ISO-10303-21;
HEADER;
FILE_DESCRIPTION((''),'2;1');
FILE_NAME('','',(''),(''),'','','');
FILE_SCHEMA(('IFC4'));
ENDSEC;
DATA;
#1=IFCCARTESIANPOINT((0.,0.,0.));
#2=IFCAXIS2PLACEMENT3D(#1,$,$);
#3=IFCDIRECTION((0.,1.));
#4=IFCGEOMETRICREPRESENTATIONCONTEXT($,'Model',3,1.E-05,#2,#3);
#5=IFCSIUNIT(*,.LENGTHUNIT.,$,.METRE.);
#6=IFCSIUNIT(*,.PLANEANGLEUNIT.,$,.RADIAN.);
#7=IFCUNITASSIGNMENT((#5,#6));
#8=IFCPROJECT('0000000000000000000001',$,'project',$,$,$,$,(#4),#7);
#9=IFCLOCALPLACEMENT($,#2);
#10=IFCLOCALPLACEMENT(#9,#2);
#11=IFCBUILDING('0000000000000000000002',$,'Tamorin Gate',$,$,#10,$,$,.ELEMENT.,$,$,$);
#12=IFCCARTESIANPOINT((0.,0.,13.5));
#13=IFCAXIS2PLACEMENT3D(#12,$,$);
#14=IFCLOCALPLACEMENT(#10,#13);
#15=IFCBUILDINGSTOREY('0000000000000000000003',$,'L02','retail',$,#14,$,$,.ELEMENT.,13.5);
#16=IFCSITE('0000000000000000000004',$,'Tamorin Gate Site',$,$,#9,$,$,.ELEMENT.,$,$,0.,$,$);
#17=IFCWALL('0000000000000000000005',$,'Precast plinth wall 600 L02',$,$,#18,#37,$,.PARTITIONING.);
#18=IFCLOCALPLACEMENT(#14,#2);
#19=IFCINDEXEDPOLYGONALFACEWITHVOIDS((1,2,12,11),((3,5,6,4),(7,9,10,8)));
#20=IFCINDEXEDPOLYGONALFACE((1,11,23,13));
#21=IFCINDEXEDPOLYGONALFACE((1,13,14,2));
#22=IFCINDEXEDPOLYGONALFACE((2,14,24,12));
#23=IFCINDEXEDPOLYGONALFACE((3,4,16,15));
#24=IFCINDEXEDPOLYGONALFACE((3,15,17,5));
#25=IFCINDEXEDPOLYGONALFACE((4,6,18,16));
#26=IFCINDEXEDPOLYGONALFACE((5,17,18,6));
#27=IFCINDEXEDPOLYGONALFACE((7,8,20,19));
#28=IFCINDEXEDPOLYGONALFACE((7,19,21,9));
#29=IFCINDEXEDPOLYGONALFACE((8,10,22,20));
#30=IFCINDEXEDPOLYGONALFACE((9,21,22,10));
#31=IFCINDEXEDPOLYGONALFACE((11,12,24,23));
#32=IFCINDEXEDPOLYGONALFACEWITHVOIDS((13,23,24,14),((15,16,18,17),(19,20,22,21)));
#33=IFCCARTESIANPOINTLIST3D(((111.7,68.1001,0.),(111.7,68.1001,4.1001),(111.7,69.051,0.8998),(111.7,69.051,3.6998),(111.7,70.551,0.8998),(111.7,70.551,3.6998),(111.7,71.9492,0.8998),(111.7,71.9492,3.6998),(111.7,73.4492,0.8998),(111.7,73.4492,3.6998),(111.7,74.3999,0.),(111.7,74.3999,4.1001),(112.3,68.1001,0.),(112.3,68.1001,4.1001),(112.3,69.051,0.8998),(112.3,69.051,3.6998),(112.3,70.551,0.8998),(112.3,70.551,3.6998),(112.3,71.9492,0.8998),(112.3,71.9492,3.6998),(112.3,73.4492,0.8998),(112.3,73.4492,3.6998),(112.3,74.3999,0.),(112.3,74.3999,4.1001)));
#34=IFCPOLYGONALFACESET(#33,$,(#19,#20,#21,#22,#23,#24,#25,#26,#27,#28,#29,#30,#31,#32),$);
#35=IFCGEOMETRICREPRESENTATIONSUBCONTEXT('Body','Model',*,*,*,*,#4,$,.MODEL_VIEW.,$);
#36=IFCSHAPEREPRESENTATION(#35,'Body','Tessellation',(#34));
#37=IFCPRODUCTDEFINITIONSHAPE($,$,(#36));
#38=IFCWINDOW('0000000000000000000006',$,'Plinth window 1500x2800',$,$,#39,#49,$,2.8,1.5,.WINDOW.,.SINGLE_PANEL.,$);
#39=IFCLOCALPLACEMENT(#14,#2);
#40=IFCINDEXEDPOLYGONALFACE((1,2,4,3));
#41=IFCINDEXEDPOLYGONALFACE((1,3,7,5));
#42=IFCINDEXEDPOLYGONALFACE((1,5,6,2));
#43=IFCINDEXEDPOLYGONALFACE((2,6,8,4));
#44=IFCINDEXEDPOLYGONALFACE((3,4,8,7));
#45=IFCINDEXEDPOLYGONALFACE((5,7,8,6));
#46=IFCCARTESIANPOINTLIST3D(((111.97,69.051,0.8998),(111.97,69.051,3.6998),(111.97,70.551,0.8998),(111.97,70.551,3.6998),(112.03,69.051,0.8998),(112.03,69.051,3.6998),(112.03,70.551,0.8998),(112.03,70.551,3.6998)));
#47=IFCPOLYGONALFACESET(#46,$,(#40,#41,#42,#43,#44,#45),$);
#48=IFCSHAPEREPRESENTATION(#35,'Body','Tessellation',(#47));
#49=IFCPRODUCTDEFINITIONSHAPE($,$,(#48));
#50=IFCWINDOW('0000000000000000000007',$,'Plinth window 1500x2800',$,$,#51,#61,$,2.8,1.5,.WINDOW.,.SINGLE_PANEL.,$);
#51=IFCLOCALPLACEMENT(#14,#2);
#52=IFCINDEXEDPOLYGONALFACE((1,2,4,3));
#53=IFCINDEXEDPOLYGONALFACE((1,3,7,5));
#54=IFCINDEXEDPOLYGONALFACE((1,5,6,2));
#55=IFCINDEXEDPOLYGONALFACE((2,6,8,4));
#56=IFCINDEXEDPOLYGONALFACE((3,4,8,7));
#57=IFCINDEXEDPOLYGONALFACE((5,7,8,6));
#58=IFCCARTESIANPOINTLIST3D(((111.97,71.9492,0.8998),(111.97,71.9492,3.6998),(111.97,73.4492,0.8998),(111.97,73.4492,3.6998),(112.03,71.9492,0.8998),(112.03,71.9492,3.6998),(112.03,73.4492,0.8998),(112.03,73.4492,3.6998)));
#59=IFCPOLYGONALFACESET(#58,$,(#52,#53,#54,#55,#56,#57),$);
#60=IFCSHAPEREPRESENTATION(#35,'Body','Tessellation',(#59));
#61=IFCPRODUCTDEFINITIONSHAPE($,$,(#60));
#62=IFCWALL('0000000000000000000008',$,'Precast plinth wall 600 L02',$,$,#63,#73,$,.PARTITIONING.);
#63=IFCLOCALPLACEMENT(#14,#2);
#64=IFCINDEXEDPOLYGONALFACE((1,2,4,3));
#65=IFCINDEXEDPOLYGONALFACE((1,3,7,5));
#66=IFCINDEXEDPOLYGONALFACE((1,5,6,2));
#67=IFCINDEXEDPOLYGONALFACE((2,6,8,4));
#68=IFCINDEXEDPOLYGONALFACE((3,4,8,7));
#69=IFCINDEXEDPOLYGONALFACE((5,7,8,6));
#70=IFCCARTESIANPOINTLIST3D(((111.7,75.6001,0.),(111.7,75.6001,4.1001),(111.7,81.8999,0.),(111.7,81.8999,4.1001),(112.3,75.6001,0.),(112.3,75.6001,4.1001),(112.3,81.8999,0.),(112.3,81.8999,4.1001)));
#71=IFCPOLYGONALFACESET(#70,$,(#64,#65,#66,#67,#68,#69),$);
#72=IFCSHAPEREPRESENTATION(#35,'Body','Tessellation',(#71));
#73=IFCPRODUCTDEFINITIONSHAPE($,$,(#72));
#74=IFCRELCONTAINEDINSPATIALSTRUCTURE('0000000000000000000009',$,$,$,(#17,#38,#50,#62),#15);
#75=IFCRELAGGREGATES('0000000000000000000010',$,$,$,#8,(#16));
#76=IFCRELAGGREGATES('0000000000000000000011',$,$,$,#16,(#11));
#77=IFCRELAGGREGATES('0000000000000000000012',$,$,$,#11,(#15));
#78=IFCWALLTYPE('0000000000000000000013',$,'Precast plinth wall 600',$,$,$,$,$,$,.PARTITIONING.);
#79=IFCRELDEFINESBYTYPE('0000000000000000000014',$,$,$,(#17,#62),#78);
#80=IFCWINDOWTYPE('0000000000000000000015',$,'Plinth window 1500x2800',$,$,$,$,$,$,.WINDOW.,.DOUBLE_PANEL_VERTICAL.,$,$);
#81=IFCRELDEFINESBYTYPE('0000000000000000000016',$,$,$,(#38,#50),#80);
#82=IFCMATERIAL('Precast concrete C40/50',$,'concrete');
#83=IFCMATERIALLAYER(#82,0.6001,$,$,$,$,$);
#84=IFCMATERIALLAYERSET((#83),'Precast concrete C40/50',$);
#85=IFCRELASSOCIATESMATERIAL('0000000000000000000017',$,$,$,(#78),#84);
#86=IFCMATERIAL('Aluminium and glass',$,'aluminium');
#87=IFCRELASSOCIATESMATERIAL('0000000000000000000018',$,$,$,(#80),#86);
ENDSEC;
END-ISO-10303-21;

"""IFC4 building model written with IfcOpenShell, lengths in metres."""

from ifc_helpers import new_model, si_unit, direction, frame, frame_2d, origin, place, context, subcontext, project, spatial, rectangle, extrude, material, layer, layer_set, type_object, element, fill, save


model = new_model("IFC4")

# Units and contexts
model_context = context("Model", 3, precision=1e-05, world=origin(), true_north=direction((0.0, 1.0)))
body_context = subcontext(model_context, "Body", "Model", "MODEL_VIEW")
ifc_project = project(units=[si_unit("LENGTHUNIT", "METRE"), si_unit("PLANEANGLEUNIT", "RADIAN")], contexts=[model_context])

# Site, building, storey
site_placement = place(None, origin())
site = spatial("IfcSite", under=ifc_project, at=site_placement, Name="Tamorin Gate Site", CompositionType="ELEMENT", RefElevation=0.0)
building_placement = place(site_placement, origin())
building = spatial("IfcBuilding", under=site, at=building_placement, Name="Tamorin Gate", CompositionType="ELEMENT")
storey_placement = place(building_placement, frame((0.0, 0.0, 13.5)))
storey = spatial("IfcBuildingStorey", under=building, at=storey_placement, Name="L02", Description="retail", CompositionType="ELEMENT", Elevation=13.5)

# Wall, openings, windows
ifc_material_1 = material(Name="Precast concrete C40/50", Category="concrete")
ifc_layer_1 = layer(ifc_material_1, 0.6001)
ifc_layer_set_1 = layer_set([ifc_layer_1], Name="Precast concrete C40/50")
wall_type_1 = type_object("IfcWallType", Name="Precast plinth wall 600", PredefinedType="PARTITIONING", material=ifc_layer_set_1)
ifc_material_2 = material(Name="Aluminium and glass", Category="aluminium")
window_type = type_object("IfcWindowType", Name="Plinth window 1500x2800", PartitioningType="DOUBLE_PANEL_VERTICAL", PredefinedType="WINDOW", material=ifc_material_2)
wall_1_placement = place(storey_placement, frame((112.0, 68.1001, 0.0), z_axis=(0.0, 0.0, 1.0), x_axis=(0.0, 1.0, 0.0)))
wall_1 = element("IfcWall", 1, at=wall_1_placement, inside=storey, type_object=wall_type_1, Name="Precast plinth wall 600 L02", PredefinedType="PARTITIONING", context=body_context, shape_type="SweptSolid", body=[
    extrude(rectangle(XDim=6.2998, YDim=0.6001, at=frame_2d((3.1499, 0.0))), origin(), (0.0, 0.0, 1.0), 4.1001),
])
opening_1_placement = place(wall_1_placement, frame((0.9509, 0.0, 0.8999)))
opening_1 = element("IfcOpeningElement", 2, at=opening_1_placement, cuts=wall_1, PredefinedType="OPENING", context=body_context, shape_type="SweptSolid", body=[
    extrude(rectangle(XDim=1.5, YDim=2.8, at=frame_2d((0.75, 1.3999))), frame((0.0, 0.3101, 0.0), z_axis=(0.0, -1.0, 0.0), x_axis=(1.0, 0.0, 0.0)), (0.0, 0.0, 1.0), 0.6201),
])
opening_2_placement = place(wall_1_placement, frame((3.8491, 0.0, 0.8999)))
opening_2 = element("IfcOpeningElement", 3, at=opening_2_placement, cuts=wall_1, PredefinedType="OPENING", context=body_context, shape_type="SweptSolid", body=[
    extrude(rectangle(XDim=1.5, YDim=2.8, at=frame_2d((0.75, 1.3999))), frame((0.0, 0.3101, 0.0), z_axis=(0.0, -1.0, 0.0), x_axis=(1.0, 0.0, 0.0)), (0.0, 0.0, 1.0), 0.6201),
])
window_1_placement = place(opening_1_placement, origin())
window_1 = element("IfcWindow", 4, at=window_1_placement, inside=storey, type_object=window_type, Name="Plinth window 1500x2800", OverallHeight=2.8, OverallWidth=1.5, PartitioningType="SINGLE_PANEL", PredefinedType="WINDOW", context=body_context, shape_type="SweptSolid", body=[
    extrude(rectangle(XDim=1.5, YDim=2.8, at=frame_2d((0.75, 1.3999))), frame((0.0, 0.03, 0.0), z_axis=(0.0, -1.0, 0.0), x_axis=(1.0, 0.0, 0.0)), (0.0, 0.0, 1.0), 0.0601),
])
fill(opening_1, window_1)
window_2_placement = place(opening_2_placement, origin())
window_2 = element("IfcWindow", 5, at=window_2_placement, inside=storey, type_object=window_type, Name="Plinth window 1500x2800", OverallHeight=2.8, OverallWidth=1.5, PartitioningType="SINGLE_PANEL", PredefinedType="WINDOW", context=body_context, shape_type="SweptSolid", body=[
    extrude(rectangle(XDim=1.5, YDim=2.8, at=frame_2d((0.75, 1.3999))), frame((0.0, 0.03, 0.0), z_axis=(0.0, -1.0, 0.0), x_axis=(1.0, 0.0, 0.0)), (0.0, 0.0, 1.0), 0.0601),
])
fill(opening_2, window_2)

# Wall
wall_2_placement = place(storey_placement, frame((112.0, 75.6001, 0.0), z_axis=(0.0, 0.0, 1.0), x_axis=(0.0, 1.0, 0.0)))
element("IfcWall", 6, at=wall_2_placement, inside=storey, type_object=wall_type_1, Name="Precast plinth wall 600 L02", PredefinedType="PARTITIONING", context=body_context, shape_type="SweptSolid", body=[
    extrude(rectangle(XDim=6.2998, YDim=0.6001, at=frame_2d((3.1499, 0.0))), origin(), (0.0, 0.0, 1.0), 4.1001),
])

save(model, "model.ifc")
